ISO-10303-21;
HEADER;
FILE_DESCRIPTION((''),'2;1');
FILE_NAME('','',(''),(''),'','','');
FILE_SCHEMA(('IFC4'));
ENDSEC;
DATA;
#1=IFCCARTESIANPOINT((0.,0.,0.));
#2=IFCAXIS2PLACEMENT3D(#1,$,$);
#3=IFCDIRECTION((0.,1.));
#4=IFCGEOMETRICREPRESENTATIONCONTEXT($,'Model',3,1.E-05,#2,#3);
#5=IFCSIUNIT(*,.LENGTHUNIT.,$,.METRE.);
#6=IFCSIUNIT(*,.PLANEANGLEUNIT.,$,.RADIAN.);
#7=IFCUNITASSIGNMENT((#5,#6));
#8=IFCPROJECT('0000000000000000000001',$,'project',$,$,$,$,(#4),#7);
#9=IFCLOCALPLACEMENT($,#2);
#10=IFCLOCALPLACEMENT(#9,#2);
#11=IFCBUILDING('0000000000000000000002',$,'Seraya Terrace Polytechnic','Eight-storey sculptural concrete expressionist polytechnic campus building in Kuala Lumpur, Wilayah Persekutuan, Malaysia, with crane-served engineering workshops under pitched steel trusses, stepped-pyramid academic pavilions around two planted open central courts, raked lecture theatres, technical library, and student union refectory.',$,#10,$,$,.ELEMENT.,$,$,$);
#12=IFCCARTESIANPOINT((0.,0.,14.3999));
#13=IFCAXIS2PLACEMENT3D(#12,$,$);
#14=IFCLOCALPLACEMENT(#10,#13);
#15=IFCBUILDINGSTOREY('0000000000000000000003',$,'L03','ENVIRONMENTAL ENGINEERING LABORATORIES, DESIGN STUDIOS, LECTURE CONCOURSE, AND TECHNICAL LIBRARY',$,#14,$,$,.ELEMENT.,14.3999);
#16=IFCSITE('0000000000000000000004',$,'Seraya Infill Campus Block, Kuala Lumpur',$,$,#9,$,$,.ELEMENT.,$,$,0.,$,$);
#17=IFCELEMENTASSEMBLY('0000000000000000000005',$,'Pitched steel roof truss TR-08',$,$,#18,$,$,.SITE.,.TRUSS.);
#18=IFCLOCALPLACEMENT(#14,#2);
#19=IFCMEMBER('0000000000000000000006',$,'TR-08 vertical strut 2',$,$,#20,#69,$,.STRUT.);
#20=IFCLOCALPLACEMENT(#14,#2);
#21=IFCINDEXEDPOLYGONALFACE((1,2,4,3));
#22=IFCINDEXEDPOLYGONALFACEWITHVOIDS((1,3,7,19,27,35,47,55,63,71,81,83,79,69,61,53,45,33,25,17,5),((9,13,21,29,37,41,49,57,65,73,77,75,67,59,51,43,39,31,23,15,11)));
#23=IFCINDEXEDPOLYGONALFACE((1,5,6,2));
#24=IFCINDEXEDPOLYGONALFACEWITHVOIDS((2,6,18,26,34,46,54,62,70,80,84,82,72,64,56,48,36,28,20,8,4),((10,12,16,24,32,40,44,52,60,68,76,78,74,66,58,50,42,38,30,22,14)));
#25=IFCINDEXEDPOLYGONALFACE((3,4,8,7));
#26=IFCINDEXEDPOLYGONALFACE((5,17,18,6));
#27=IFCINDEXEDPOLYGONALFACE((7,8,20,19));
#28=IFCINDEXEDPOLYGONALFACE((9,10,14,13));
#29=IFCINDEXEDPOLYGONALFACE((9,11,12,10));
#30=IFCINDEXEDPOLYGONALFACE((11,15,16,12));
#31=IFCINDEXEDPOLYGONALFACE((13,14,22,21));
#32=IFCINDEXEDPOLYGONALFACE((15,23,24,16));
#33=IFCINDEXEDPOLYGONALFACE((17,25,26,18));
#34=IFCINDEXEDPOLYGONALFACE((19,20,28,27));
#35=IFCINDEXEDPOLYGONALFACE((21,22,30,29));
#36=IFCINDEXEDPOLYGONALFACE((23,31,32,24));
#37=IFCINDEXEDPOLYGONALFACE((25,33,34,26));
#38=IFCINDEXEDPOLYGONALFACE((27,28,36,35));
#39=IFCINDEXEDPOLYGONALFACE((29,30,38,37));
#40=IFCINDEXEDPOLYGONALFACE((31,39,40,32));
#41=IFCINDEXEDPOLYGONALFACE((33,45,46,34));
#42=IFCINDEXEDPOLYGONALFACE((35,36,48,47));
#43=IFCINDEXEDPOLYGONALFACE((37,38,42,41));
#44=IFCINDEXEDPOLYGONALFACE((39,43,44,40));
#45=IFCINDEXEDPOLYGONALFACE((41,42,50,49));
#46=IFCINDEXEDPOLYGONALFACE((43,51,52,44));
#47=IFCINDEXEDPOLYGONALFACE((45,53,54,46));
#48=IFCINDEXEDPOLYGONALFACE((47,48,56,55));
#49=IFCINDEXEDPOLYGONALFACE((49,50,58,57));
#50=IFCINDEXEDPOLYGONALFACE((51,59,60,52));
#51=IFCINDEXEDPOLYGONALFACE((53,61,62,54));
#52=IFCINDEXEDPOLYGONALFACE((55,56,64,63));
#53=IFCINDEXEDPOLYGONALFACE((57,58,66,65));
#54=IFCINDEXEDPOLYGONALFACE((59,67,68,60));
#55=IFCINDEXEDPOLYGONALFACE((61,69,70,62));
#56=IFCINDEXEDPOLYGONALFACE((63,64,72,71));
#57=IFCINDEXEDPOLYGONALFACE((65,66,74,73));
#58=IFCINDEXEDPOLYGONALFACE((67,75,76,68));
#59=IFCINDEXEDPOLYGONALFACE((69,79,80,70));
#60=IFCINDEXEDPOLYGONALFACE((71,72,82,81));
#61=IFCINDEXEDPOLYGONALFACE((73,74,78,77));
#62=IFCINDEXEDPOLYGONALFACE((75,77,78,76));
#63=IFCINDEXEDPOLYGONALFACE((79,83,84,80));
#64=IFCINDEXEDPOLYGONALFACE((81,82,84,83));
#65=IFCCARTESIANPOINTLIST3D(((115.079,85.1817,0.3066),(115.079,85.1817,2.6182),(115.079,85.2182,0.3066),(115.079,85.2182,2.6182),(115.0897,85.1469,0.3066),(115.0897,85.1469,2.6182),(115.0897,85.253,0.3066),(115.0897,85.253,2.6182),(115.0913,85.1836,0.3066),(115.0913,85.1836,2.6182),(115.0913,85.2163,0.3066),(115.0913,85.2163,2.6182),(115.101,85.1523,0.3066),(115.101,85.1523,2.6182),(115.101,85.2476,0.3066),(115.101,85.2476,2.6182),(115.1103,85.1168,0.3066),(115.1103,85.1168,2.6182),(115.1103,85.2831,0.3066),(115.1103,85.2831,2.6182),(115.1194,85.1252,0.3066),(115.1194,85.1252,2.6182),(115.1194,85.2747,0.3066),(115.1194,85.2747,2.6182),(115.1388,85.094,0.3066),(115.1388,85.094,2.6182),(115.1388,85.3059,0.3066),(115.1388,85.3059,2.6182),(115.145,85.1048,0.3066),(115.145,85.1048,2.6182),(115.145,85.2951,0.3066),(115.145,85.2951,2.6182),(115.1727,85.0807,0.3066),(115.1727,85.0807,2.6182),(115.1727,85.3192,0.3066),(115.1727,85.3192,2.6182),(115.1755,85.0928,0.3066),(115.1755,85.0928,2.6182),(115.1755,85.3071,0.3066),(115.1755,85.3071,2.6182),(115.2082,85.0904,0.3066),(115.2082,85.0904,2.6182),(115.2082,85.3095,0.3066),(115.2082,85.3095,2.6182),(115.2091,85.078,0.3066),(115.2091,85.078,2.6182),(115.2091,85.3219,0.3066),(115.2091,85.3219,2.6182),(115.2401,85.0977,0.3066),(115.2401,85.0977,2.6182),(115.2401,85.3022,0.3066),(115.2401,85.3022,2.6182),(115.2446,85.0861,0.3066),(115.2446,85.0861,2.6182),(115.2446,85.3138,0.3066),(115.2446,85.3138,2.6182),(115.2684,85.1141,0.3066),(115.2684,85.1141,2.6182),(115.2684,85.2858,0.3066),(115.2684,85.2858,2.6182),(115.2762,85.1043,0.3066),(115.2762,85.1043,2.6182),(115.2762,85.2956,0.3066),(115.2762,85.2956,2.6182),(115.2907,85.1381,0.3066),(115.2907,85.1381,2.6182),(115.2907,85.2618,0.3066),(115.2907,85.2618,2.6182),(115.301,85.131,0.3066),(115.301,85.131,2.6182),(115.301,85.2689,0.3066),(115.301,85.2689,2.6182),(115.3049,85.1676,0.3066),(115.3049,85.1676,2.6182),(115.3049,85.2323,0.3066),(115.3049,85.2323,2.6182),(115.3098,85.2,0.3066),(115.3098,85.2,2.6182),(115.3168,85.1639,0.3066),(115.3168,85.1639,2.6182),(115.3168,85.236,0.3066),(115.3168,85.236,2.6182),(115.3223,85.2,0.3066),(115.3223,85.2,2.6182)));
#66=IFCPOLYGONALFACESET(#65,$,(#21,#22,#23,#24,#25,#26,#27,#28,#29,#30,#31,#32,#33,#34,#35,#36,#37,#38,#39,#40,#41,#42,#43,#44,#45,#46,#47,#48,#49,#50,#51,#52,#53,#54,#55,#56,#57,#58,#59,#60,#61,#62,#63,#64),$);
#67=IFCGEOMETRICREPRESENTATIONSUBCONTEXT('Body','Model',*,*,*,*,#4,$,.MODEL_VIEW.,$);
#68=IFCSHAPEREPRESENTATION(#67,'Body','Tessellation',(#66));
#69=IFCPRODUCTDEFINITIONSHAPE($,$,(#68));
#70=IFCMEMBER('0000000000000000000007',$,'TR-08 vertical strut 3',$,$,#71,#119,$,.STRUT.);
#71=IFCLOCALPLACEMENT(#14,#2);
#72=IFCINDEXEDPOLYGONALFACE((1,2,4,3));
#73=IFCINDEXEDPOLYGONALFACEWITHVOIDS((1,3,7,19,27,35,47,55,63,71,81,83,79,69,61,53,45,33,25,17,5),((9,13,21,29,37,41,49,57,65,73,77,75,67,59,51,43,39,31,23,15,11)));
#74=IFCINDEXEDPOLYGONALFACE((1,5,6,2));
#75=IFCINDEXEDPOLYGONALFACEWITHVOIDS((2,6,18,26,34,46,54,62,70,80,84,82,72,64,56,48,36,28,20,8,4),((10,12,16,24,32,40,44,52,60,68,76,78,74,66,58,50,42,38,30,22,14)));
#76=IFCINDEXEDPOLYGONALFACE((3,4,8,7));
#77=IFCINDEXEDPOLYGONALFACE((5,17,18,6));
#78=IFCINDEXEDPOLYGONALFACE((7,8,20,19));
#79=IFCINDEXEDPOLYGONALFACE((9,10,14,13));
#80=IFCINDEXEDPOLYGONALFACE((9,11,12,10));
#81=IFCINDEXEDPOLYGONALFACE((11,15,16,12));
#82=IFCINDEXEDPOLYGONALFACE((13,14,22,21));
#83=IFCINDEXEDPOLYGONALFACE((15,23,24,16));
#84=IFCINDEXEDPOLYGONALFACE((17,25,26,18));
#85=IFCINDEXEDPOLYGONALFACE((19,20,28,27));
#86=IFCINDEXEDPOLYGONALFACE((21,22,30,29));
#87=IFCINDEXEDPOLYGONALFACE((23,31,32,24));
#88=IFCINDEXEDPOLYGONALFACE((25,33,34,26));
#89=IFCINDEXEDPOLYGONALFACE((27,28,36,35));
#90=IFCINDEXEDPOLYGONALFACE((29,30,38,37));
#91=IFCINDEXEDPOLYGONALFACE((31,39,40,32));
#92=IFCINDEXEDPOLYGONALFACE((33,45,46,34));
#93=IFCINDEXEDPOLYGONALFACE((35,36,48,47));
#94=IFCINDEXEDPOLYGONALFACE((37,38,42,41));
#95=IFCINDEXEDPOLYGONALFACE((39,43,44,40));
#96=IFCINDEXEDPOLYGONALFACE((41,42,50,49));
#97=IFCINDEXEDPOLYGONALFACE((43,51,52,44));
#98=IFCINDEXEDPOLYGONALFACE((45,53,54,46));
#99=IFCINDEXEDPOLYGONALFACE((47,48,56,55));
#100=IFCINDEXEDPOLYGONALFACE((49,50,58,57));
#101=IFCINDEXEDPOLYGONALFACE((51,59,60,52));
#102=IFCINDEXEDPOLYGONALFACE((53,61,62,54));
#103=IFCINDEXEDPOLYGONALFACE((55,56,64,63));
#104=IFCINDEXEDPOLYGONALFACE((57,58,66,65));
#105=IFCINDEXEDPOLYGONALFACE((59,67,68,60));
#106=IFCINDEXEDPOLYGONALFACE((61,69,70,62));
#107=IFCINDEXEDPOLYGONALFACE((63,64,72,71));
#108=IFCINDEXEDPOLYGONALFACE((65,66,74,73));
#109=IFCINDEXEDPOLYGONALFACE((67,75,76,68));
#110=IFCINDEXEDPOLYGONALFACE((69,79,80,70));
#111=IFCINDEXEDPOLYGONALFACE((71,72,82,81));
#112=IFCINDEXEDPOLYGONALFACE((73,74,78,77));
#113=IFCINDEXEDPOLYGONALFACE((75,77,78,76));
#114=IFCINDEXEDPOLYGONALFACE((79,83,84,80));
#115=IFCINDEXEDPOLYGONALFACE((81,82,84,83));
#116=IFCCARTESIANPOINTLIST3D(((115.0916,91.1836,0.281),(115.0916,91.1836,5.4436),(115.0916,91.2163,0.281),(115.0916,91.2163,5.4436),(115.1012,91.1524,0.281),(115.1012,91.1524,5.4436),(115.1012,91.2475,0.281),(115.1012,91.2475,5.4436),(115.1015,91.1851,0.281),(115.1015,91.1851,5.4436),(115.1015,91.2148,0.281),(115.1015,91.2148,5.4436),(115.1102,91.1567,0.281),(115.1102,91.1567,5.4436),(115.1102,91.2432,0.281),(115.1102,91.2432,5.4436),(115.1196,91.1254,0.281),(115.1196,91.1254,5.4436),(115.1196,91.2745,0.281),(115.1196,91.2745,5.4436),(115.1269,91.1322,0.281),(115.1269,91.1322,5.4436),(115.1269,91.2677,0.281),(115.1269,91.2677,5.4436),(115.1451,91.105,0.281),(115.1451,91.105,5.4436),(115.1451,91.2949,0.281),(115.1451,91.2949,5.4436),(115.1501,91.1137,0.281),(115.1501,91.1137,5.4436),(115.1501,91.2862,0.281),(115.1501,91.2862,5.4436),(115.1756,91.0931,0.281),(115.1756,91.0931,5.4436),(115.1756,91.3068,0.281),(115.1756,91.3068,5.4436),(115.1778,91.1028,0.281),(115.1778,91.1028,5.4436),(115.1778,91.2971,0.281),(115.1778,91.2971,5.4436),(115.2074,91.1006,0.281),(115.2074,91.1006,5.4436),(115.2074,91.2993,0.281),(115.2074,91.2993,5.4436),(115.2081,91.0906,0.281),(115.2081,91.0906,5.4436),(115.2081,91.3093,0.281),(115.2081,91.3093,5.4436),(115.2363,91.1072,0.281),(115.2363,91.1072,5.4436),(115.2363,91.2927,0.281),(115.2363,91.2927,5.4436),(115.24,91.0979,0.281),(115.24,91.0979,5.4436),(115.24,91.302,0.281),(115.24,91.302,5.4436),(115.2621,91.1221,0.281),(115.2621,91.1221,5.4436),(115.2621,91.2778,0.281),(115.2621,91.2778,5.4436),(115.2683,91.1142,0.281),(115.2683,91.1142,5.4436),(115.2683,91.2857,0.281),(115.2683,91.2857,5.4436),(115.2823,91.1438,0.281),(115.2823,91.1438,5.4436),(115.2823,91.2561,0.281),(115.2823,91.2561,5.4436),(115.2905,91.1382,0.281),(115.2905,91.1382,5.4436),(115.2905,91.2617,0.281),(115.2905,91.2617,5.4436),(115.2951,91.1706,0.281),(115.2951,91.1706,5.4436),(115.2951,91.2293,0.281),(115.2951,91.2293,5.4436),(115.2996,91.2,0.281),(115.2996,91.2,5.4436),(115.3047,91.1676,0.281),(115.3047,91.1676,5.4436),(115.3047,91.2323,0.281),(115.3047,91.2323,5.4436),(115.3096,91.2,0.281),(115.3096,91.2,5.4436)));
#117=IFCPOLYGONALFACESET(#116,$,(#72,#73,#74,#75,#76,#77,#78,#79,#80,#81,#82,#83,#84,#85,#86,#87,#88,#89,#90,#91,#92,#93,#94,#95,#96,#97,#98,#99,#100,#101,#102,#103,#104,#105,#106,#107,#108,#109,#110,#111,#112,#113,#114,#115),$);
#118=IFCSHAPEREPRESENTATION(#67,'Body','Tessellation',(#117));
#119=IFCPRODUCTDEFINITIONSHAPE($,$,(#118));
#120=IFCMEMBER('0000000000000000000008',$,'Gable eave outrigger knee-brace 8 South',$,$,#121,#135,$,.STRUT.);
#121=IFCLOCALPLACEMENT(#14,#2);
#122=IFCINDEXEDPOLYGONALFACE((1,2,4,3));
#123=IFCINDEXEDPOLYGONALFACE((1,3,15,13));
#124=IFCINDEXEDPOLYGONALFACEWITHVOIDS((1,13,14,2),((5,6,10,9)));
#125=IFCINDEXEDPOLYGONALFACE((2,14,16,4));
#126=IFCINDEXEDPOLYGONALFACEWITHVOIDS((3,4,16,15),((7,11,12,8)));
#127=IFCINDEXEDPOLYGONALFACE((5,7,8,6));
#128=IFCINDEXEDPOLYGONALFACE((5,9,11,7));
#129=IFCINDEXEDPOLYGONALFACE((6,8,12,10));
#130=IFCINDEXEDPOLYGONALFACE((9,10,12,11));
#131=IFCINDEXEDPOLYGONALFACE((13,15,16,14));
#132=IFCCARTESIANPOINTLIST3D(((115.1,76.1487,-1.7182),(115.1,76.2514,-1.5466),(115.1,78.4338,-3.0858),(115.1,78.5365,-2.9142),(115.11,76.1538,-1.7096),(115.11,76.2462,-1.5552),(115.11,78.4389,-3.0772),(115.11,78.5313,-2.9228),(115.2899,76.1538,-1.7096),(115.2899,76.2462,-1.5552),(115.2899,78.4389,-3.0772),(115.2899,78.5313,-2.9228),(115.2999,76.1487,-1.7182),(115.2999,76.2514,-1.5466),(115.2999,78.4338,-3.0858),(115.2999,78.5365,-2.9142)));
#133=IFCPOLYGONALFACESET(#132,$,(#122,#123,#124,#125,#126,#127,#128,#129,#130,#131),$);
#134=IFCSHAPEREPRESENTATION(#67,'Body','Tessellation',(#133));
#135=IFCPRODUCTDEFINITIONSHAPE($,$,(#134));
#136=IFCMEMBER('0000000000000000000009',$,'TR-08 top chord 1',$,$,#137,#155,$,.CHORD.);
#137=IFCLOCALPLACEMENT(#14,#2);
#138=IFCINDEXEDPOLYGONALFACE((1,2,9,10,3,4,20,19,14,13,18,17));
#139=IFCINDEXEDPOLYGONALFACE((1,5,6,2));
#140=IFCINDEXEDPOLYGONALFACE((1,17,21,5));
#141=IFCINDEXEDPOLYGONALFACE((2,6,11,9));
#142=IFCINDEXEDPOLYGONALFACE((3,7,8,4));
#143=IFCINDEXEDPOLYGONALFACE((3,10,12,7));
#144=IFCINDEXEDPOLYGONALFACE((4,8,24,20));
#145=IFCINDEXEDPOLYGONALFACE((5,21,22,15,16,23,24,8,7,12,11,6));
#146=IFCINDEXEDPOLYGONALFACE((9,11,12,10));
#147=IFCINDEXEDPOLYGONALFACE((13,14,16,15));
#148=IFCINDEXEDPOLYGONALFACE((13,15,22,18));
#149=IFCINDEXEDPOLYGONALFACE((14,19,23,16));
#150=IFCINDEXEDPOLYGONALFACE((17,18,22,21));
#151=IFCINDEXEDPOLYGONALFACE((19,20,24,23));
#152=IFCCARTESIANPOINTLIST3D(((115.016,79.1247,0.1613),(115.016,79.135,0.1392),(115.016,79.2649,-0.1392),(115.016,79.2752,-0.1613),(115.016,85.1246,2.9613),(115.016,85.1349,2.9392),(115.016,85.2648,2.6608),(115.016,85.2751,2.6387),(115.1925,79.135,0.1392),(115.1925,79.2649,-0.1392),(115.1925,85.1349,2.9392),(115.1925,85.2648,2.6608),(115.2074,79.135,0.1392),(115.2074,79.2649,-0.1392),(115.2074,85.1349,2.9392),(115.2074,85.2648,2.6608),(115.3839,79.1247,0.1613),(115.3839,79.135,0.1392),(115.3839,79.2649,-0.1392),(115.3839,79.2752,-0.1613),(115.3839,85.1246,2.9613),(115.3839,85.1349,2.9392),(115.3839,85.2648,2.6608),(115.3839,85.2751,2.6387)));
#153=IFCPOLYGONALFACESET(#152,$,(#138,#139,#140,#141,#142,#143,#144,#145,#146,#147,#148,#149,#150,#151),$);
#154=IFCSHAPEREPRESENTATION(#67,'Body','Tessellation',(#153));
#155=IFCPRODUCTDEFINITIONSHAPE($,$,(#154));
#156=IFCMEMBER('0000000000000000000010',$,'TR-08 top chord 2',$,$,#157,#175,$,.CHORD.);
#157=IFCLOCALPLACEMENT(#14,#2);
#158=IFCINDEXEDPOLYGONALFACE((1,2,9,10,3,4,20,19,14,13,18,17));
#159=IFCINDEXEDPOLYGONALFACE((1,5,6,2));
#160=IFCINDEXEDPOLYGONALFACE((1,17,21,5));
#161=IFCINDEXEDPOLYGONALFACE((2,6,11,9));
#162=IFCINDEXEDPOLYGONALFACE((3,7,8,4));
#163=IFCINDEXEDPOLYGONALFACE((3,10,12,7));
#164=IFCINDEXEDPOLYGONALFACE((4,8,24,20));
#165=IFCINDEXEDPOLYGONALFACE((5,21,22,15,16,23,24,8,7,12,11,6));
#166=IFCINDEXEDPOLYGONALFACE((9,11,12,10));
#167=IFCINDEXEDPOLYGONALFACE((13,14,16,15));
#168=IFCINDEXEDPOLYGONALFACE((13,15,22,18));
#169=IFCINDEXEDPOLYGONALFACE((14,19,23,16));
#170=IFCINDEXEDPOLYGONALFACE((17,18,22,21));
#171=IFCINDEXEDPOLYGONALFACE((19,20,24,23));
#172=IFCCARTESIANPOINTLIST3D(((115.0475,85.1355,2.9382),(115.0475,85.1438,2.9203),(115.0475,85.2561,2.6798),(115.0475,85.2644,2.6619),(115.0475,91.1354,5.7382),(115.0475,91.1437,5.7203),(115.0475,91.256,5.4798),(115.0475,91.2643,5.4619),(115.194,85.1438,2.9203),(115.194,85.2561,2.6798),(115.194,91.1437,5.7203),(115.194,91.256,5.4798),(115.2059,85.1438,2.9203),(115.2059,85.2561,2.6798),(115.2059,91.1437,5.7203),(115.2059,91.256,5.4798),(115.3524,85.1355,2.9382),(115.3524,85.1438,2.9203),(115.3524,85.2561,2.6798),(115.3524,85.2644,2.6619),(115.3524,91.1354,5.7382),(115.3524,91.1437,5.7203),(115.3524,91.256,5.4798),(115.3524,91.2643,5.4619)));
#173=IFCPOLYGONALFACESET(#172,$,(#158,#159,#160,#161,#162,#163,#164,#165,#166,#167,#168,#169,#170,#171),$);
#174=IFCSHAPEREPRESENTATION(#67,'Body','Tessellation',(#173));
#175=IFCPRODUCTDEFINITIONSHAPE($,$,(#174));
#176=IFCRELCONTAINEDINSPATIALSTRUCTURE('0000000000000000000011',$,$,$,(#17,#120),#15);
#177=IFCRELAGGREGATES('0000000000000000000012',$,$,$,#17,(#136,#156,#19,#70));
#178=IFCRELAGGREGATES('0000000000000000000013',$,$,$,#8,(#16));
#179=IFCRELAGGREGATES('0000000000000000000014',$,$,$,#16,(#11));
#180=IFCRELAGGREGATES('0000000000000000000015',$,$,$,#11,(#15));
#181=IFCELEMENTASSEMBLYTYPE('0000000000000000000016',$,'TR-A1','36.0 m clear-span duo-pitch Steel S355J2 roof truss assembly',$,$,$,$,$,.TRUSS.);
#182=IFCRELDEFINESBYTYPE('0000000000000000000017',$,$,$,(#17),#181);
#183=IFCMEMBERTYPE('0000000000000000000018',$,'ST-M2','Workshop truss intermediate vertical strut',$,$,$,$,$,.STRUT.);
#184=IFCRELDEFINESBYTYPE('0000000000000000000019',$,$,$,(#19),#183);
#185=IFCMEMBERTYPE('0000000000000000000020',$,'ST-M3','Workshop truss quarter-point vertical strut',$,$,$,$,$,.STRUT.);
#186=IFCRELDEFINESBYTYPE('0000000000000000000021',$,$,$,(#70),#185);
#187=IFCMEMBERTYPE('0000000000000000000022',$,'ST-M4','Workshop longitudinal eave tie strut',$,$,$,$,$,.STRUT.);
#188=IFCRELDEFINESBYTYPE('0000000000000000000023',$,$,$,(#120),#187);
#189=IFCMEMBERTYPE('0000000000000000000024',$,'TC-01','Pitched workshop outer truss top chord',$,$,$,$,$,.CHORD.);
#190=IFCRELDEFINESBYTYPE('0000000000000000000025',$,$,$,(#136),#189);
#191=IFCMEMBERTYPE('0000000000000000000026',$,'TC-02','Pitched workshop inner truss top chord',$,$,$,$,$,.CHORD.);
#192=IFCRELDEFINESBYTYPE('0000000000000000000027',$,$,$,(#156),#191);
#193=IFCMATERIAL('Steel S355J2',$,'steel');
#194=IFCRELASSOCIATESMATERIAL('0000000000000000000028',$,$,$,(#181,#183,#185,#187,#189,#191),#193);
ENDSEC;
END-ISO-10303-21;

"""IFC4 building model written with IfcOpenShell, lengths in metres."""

from ifc_helpers import new_model, si_unit, direction, frame, origin, origin_2d, place, context, subcontext, project, spatial, hollow_rectangle, hollow_circle, i_section, extrude, material, material_profile, profile_set, type_object, element, aggregate, save


model = new_model("IFC4")

# Units and contexts
model_context = context("Model", 3, precision=1e-05, world=origin(), true_north=direction((0.0, 1.0)))
body_context = subcontext(model_context, "Body", "Model", "MODEL_VIEW")
ifc_project = project(units=[si_unit("LENGTHUNIT", "METRE"), si_unit("PLANEANGLEUNIT", "RADIAN")], contexts=[model_context])

# Site, building, storey
site_placement = place(None, origin())
site = spatial("IfcSite", under=ifc_project, at=site_placement, Name="Seraya Infill Campus Block, Kuala Lumpur", CompositionType="ELEMENT", RefElevation=0.0)
building_placement = place(site_placement, origin())
building = spatial("IfcBuilding", under=site, at=building_placement, Name="Seraya Terrace Polytechnic", Description="Eight-storey sculptural concrete expressionist polytechnic campus building in Kuala Lumpur, Wilayah Persekutuan, Malaysia, with crane-served engineering workshops under pitched steel trusses, stepped-pyramid academic pavilions around two planted open central courts, raked lecture theatres, technical library, and student union refectory.", CompositionType="ELEMENT")
storey_placement = place(building_placement, frame((0.0, 0.0, 14.3999)))
storey = spatial("IfcBuildingStorey", under=building, at=storey_placement, Name="L03", Description="ENVIRONMENTAL ENGINEERING LABORATORIES, DESIGN STUDIOS, LECTURE CONCOURSE, AND TECHNICAL LIBRARY", CompositionType="ELEMENT", Elevation=14.3999)

# Element assembly
ifc_material_1 = material(Name="Steel S355J2", Category="steel")
element_assembly_type = type_object("IfcElementAssemblyType", Name="TR-A1", Description="36.0 m clear-span duo-pitch Steel S355J2 roof truss assembly", PredefinedType="TRUSS", material=ifc_material_1)
assembly_placement = place(storey_placement, origin())
assembly = element("IfcElementAssembly", 1, at=assembly_placement, inside=storey, type_object=element_assembly_type, Name="Pitched steel roof truss TR-08", AssemblyPlace="SITE", PredefinedType="TRUSS")

# Members
ifc_material_profile_1 = material_profile(ifc_material_1, hollow_circle(Radius=0.1223, WallThickness=0.0125, at=origin_2d()), Name="CHS 244.5x12.5")
ifc_profile_set_1 = profile_set([ifc_material_profile_1], Name="Steel S355J2")
member_type_1 = type_object("IfcMemberType", Name="ST-M2", Description="Workshop truss intermediate vertical strut", PredefinedType="STRUT", material=ifc_profile_set_1)
member_1_placement = place(storey_placement, frame((115.2, 85.2, 0.3066), z_axis=(0.0, 0.0, 1.0), x_axis=(1.0, 0.0, 0.0)))
member_1 = element("IfcMember", 2, at=member_1_placement, type_object=member_type_1, Name="TR-08 vertical strut 2", PredefinedType="STRUT", context=body_context, shape_type="SweptSolid", body=[
    extrude(hollow_circle(Radius=0.1223, WallThickness=0.0125, at=origin_2d()), origin(), (0.0, 0.0, 1.0), 2.3115),
])
ifc_material_profile_2 = material_profile(ifc_material_1, hollow_circle(Radius=0.1096, WallThickness=0.01, at=origin_2d()), Name="CHS 219.1x10.0")
ifc_profile_set_2 = profile_set([ifc_material_profile_2], Name="Steel S355J2")
member_type_2 = type_object("IfcMemberType", Name="ST-M3", Description="Workshop truss quarter-point vertical strut", PredefinedType="STRUT", material=ifc_profile_set_2)
member_2_placement = place(storey_placement, frame((115.2, 91.2, 0.281), z_axis=(0.0, 0.0, 1.0), x_axis=(1.0, 0.0, 0.0)))
member_2 = element("IfcMember", 3, at=member_2_placement, type_object=member_type_2, Name="TR-08 vertical strut 3", PredefinedType="STRUT", context=body_context, shape_type="SweptSolid", body=[
    extrude(hollow_circle(Radius=0.1096, WallThickness=0.01, at=origin_2d()), origin(), (0.0, 0.0, 1.0), 5.1626),
])
ifc_material_profile_3 = material_profile(ifc_material_1, hollow_rectangle(XDim=0.2, YDim=0.2, WallThickness=0.01, at=origin_2d()), Name="SHS 200x200x10.0")
ifc_profile_set_3 = profile_set([ifc_material_profile_3], Name="Steel S355J2")
member_type_3 = type_object("IfcMemberType", Name="ST-M4", Description="Workshop longitudinal eave tie strut", PredefinedType="STRUT", material=ifc_profile_set_3)
member_3_placement = place(storey_placement, frame((115.2, 78.4851, -3.0), z_axis=(0.0, -0.858059, 0.513552), x_axis=(1.0, 0.0, 0.0)))
element("IfcMember", 4, at=member_3_placement, inside=storey, type_object=member_type_3, Name="Gable eave outrigger knee-brace 8 South", PredefinedType="STRUT", context=body_context, shape_type="SweptSolid", body=[
    extrude(hollow_rectangle(XDim=0.2, YDim=0.2, WallThickness=0.01, at=origin_2d()), origin(), (0.0, 0.0, 1.0), 2.6631),
])
ifc_material_profile_4 = material_profile(ifc_material_1, i_section(OverallWidth=0.3679, OverallDepth=0.356, WebThickness=0.0149, FlangeThickness=0.0244, at=origin_2d()), Name="UKC 356x368x15.0x24.4")
ifc_profile_set_4 = profile_set([ifc_material_profile_4], Name="Steel S355J2")
member_type_4 = type_object("IfcMemberType", Name="TC-01", Description="Pitched workshop outer truss top chord", PredefinedType="CHORD", material=ifc_profile_set_4)
member_4_placement = place(storey_placement, frame((115.2, 79.2, 0.0), z_axis=(0.0, 0.90618, 0.422892), x_axis=(-1.0, 0.0, 0.0)))
member_4 = element("IfcMember", 5, at=member_4_placement, type_object=member_type_4, Name="TR-08 top chord 1", PredefinedType="CHORD", context=body_context, shape_type="SweptSolid", body=[
    extrude(i_section(OverallWidth=0.3679, OverallDepth=0.356, WebThickness=0.0149, FlangeThickness=0.0244, at=origin_2d()), origin(), (0.0, 0.0, 1.0), 6.6211),
])
ifc_material_profile_5 = material_profile(ifc_material_1, i_section(OverallWidth=0.3049, OverallDepth=0.3049, WebThickness=0.012, FlangeThickness=0.0198, at=origin_2d()), Name="UKC 305x305x12.0x19.7")
ifc_profile_set_5 = profile_set([ifc_material_profile_5], Name="Steel S355J2")
member_type_5 = type_object("IfcMemberType", Name="TC-02", Description="Pitched workshop inner truss top chord", PredefinedType="CHORD", material=ifc_profile_set_5)
member_5_placement = place(storey_placement, frame((115.2, 85.2, 2.8), z_axis=(0.0, 0.90618, 0.422892), x_axis=(-1.0, 0.0, 0.0)))
member_5 = element("IfcMember", 6, at=member_5_placement, type_object=member_type_5, Name="TR-08 top chord 2", PredefinedType="CHORD", context=body_context, shape_type="SweptSolid", body=[
    extrude(i_section(OverallWidth=0.3049, OverallDepth=0.3049, WebThickness=0.012, FlangeThickness=0.0198, at=origin_2d()), origin(), (0.0, 0.0, 1.0), 6.6211),
])

aggregate(assembly, [member_4, member_5, member_1, member_2])

save(model, "model.ifc")
